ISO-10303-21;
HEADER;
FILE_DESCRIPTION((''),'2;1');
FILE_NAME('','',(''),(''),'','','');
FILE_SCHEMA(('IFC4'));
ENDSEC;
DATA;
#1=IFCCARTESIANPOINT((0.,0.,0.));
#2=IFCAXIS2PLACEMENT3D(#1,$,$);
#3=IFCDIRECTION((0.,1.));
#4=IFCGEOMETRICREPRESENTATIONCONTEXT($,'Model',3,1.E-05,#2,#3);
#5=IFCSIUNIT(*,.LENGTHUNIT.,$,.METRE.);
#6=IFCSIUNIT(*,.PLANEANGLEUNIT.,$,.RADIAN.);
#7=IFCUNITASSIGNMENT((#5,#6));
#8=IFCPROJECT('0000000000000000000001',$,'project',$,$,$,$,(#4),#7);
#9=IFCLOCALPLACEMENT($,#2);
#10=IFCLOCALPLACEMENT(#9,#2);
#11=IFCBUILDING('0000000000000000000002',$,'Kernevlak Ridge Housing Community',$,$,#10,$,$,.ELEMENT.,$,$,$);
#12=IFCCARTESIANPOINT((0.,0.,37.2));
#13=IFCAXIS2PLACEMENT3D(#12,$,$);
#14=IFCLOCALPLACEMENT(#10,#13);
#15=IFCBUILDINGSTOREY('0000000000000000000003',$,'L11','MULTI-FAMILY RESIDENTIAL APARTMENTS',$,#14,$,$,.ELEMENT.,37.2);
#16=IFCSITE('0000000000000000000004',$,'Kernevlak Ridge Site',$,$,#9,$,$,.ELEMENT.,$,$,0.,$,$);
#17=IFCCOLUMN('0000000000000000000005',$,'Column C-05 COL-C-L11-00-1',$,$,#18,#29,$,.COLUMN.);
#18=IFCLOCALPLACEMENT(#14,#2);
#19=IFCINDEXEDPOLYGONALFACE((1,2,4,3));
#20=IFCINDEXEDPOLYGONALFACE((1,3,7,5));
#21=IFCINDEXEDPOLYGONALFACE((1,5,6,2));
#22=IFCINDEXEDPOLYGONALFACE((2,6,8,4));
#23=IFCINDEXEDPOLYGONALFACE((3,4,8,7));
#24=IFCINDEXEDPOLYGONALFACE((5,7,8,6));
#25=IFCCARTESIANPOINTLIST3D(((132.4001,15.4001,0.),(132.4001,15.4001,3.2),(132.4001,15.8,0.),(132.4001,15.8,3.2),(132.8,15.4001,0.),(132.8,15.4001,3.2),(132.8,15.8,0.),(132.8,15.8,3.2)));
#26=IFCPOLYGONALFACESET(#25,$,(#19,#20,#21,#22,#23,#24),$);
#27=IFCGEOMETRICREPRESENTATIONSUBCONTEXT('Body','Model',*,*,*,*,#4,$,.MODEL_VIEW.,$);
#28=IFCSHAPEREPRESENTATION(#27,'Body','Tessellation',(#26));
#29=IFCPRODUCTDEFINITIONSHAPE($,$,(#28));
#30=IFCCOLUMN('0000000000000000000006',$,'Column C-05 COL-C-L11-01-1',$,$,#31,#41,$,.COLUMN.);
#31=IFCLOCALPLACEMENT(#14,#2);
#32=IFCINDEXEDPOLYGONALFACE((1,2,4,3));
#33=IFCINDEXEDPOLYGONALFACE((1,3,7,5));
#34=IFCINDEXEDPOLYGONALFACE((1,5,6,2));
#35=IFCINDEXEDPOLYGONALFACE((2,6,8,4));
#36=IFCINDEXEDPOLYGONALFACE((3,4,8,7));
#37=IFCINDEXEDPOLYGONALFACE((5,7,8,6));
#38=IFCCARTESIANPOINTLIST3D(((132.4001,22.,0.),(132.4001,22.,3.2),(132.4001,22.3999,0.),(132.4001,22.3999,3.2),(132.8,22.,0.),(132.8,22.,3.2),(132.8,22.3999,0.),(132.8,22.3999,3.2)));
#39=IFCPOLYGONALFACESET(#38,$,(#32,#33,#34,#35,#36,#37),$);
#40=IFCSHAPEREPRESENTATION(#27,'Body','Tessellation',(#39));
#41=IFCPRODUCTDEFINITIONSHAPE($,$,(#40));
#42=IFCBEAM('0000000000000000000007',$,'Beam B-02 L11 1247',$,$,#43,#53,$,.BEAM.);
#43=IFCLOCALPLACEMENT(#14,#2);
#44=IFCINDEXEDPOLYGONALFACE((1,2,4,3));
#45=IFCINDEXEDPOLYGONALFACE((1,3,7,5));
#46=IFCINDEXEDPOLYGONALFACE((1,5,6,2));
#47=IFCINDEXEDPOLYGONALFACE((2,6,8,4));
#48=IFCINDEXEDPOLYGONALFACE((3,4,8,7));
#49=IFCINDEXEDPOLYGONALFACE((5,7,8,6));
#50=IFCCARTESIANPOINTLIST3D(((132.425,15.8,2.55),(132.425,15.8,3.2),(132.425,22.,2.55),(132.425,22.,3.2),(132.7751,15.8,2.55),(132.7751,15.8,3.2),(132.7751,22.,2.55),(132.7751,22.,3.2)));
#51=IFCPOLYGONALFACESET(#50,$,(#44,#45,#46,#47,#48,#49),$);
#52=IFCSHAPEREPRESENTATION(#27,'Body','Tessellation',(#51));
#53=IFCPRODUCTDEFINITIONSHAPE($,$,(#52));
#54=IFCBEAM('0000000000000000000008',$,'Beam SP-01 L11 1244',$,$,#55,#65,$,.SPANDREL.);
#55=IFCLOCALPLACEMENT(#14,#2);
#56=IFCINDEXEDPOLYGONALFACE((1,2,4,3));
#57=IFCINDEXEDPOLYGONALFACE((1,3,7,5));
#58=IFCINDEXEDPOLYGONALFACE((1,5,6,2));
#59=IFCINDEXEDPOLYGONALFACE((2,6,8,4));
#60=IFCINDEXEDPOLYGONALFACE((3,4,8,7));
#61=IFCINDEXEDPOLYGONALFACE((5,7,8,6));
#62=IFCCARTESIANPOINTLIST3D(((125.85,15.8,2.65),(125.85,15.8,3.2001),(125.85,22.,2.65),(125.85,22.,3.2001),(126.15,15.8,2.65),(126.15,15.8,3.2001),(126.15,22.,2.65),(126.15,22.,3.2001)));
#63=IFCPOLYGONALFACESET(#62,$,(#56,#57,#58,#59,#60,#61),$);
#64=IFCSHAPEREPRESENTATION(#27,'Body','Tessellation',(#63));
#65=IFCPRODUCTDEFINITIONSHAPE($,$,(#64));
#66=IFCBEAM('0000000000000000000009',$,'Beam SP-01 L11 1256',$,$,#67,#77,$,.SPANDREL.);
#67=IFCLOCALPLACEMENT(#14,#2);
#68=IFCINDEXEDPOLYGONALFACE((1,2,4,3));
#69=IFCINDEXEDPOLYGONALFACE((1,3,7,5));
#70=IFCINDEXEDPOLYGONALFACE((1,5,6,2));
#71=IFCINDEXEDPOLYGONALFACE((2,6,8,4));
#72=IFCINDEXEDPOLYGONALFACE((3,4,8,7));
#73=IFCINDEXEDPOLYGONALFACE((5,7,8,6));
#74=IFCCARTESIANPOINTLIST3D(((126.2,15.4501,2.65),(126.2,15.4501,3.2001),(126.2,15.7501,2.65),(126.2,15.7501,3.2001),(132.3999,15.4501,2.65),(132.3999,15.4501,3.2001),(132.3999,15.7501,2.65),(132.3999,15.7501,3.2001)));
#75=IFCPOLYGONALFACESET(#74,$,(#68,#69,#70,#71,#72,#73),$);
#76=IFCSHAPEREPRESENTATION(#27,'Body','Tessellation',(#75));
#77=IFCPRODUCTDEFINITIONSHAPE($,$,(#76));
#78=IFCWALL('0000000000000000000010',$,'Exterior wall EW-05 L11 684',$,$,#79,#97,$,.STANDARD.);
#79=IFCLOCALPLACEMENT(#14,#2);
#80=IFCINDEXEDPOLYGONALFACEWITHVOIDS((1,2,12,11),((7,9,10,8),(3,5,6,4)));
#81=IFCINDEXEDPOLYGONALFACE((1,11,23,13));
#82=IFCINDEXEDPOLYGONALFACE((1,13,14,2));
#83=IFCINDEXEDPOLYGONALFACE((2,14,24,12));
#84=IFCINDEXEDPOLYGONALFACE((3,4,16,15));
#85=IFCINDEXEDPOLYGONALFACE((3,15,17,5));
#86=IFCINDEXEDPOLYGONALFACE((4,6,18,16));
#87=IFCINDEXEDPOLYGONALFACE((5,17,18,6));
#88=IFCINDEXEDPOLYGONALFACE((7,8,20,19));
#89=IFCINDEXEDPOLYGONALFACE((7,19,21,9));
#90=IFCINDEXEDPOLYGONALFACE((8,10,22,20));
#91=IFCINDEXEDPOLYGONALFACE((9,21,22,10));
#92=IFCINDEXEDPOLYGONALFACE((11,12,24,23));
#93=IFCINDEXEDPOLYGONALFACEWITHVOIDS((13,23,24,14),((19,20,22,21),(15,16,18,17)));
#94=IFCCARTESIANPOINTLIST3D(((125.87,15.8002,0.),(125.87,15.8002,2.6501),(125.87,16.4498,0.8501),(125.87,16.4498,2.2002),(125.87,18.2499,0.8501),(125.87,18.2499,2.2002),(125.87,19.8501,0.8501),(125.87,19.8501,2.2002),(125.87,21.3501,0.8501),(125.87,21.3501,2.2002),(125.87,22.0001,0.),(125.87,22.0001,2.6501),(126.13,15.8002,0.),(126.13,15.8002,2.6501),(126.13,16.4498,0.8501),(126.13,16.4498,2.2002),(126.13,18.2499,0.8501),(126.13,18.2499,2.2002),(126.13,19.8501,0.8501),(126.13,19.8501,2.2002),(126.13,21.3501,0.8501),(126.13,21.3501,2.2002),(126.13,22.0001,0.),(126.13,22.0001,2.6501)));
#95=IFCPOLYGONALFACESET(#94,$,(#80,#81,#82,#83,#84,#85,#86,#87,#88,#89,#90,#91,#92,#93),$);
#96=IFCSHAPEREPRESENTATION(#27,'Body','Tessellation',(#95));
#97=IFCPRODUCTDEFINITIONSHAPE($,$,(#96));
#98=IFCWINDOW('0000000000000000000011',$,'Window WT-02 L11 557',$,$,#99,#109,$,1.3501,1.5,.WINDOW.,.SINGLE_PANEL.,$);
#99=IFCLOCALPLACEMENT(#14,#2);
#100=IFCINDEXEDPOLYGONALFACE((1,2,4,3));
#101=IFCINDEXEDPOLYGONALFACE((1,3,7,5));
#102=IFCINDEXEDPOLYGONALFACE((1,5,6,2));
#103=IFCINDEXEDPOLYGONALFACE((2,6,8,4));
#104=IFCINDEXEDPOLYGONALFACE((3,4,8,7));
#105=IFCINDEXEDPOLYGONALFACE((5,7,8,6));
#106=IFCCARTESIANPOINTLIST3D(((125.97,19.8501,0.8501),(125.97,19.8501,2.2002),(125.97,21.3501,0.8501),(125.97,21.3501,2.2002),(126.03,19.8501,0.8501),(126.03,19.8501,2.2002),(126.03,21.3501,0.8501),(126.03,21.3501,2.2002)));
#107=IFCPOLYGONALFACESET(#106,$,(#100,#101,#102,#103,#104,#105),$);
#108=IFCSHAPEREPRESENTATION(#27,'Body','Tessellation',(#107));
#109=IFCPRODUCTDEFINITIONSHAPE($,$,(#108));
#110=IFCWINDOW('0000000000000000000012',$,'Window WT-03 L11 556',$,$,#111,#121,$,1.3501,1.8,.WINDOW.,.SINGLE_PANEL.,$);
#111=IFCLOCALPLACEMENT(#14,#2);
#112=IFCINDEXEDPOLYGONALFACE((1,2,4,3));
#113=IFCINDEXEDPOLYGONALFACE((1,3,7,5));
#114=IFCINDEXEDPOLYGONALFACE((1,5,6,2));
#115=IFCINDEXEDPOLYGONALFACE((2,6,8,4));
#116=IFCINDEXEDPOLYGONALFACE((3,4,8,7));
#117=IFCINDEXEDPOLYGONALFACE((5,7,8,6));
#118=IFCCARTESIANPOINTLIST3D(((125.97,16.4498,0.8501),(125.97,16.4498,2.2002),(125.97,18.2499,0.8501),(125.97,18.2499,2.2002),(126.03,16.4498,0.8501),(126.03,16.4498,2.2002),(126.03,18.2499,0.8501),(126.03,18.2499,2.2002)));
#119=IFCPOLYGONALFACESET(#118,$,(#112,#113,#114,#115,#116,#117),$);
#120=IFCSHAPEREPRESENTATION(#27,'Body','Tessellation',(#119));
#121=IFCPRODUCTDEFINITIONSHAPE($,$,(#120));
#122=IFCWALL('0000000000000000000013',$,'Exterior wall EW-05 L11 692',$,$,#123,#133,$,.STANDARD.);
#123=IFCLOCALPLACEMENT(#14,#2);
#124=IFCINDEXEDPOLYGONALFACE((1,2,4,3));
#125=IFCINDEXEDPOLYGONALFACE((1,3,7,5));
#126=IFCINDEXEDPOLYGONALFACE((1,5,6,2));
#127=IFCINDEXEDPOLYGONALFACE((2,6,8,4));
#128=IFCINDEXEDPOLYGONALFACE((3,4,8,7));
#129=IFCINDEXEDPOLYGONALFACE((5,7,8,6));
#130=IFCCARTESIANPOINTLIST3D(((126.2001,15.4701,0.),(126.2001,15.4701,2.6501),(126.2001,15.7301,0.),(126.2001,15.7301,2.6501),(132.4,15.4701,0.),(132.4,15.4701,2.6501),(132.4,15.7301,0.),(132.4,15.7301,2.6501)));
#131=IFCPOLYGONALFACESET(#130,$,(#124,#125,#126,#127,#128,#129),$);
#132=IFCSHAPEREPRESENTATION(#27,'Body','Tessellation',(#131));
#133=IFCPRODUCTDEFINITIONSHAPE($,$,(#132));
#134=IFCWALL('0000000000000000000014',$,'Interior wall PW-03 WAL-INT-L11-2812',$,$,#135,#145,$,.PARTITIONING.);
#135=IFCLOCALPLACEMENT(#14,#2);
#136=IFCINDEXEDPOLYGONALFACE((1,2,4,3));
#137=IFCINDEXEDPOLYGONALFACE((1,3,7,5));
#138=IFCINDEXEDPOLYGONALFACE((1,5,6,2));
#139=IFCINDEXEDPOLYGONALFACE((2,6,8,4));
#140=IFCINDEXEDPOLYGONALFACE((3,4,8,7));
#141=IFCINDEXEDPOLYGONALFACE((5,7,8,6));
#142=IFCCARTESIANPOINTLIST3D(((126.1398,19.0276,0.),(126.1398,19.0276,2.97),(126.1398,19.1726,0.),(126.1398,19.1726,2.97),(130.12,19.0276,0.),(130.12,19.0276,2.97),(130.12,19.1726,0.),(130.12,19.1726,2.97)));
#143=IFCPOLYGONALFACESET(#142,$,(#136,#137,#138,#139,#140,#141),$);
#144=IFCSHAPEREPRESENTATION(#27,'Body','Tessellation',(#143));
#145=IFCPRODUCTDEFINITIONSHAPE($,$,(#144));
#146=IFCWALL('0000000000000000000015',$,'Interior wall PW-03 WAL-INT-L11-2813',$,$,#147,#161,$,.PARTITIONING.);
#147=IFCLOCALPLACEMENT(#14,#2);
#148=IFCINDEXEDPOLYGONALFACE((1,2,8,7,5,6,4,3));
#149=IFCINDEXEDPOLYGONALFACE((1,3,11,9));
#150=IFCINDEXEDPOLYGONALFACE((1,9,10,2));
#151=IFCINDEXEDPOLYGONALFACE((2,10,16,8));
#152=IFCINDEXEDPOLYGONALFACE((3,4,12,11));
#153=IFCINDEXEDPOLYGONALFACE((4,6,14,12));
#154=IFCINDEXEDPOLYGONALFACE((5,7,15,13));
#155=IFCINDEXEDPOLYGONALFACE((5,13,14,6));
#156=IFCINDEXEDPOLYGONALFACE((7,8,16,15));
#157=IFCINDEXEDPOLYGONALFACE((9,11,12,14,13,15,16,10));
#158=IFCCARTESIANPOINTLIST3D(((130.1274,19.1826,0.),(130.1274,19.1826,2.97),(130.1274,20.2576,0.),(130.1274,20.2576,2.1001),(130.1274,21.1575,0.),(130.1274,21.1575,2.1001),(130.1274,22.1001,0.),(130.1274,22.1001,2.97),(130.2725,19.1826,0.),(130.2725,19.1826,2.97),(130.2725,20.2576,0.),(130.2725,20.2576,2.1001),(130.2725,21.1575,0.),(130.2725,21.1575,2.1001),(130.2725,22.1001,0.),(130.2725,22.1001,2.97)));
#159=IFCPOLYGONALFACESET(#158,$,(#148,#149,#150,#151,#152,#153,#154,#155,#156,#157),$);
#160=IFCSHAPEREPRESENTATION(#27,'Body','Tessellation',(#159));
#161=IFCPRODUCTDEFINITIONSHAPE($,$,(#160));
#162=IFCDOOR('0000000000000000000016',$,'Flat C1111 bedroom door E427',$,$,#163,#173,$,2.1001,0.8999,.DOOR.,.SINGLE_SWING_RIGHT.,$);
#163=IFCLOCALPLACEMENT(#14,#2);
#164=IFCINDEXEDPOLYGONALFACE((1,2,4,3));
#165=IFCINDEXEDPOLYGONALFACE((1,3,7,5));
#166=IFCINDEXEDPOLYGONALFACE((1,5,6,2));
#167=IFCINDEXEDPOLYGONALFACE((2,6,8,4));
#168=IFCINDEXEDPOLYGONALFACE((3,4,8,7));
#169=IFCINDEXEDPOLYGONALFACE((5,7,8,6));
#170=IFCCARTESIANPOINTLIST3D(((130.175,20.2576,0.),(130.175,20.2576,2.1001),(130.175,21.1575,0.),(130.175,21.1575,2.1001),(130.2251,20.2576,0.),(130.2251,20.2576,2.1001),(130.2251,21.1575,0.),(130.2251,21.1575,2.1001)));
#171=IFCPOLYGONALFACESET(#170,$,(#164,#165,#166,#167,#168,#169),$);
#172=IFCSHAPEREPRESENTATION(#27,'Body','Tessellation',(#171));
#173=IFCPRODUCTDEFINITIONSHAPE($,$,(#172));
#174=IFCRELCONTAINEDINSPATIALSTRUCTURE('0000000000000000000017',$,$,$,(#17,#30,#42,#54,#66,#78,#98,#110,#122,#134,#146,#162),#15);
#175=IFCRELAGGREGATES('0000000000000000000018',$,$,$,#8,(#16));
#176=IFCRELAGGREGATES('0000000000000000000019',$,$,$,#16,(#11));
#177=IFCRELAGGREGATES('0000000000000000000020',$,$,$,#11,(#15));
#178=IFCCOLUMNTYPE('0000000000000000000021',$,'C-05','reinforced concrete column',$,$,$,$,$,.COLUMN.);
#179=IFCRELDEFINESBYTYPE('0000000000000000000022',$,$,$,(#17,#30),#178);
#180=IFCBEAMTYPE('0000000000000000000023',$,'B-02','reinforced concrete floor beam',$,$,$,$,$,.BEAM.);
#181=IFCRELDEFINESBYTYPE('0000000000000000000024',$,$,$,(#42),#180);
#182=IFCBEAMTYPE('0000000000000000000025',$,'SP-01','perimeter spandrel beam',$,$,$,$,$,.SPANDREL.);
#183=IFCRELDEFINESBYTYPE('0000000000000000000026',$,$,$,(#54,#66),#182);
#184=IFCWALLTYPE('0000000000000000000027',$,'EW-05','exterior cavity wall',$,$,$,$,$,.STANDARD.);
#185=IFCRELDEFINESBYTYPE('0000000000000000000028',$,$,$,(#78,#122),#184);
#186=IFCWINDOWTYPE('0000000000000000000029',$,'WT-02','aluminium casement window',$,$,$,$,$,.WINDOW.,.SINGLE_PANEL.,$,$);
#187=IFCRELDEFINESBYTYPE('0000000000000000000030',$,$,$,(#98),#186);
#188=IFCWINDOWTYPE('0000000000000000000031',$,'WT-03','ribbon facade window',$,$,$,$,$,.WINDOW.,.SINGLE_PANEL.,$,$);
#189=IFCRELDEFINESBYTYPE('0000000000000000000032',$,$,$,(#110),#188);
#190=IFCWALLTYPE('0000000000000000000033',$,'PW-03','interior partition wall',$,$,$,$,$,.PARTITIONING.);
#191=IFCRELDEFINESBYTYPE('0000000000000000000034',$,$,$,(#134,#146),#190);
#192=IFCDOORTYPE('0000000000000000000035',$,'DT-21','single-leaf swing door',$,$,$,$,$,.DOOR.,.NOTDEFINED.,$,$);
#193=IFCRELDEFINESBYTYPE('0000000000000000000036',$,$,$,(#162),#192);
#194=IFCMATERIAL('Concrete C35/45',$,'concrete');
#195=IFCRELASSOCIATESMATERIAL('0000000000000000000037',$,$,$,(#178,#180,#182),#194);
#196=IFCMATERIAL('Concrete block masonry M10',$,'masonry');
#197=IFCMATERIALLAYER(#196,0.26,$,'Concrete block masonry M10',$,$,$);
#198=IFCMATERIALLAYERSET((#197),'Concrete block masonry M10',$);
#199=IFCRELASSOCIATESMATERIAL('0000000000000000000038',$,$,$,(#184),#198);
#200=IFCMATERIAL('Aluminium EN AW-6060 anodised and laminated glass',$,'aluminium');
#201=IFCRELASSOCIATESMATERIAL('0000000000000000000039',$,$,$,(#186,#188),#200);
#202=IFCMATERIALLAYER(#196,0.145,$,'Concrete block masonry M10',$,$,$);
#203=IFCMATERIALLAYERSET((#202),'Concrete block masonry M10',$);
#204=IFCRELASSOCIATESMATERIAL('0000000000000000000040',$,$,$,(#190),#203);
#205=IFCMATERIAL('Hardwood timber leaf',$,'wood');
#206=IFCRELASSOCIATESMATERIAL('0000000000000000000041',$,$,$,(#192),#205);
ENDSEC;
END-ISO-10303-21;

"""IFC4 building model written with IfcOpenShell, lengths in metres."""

from ifc_helpers import new_model, si_unit, direction, frame, frame_2d, origin, origin_2d, place, context, subcontext, project, spatial, rectangle, extrude, material, layer, layer_set, material_profile, profile_set, type_object, element, fill, save


model = new_model("IFC4")

# Units and contexts
model_context = context("Model", 3, precision=1e-05, world=origin(), true_north=direction((0.0, 1.0)))
body_context = subcontext(model_context, "Body", "Model", "MODEL_VIEW")
ifc_project = project(units=[si_unit("LENGTHUNIT", "METRE"), si_unit("PLANEANGLEUNIT", "RADIAN")], contexts=[model_context])

# Site, building, storey
site_placement = place(None, origin())
site = spatial("IfcSite", under=ifc_project, at=site_placement, Name="Kernevlak Ridge Site", CompositionType="ELEMENT", RefElevation=0.0)
building_placement = place(site_placement, origin())
building = spatial("IfcBuilding", under=site, at=building_placement, Name="Kernevlak Ridge Housing Community", CompositionType="ELEMENT")
storey_placement = place(building_placement, frame((0.0, 0.0, 37.2)))
storey = spatial("IfcBuildingStorey", under=building, at=storey_placement, Name="L11", Description="MULTI-FAMILY RESIDENTIAL APARTMENTS", CompositionType="ELEMENT", Elevation=37.2)

# Columns
ifc_material_1 = material(Name="Concrete C35/45", Category="concrete")
ifc_material_profile_1 = material_profile(ifc_material_1, rectangle(XDim=0.3999, YDim=0.3999, at=origin_2d()), Name="RC 400x400")
ifc_profile_set_1 = profile_set([ifc_material_profile_1], Name="Concrete C35/45")
column_type = type_object("IfcColumnType", Name="C-05", Description="reinforced concrete column", PredefinedType="COLUMN", material=ifc_profile_set_1)
for number, where, z_axis, x_axis, name in (
    (1, (132.6001, 15.6001, 0.0), (0.0, 0.0, 1.0), (1.0, 0.0, 0.0), "Column C-05 COL-C-L11-00-1"),
    (2, (132.6001, 22.2, 0.0), (0.0, 0.0, 1.0), (1.0, 0.0, 0.0), "Column C-05 COL-C-L11-01-1"),
):
    element("IfcColumn", number, at=place(storey_placement, frame(where, z_axis=z_axis, x_axis=x_axis)), inside=storey, type_object=column_type, Name=name, PredefinedType="COLUMN", context=body_context, shape_type="SweptSolid", body=[
        extrude(rectangle(XDim=0.3999, YDim=0.3999, at=origin_2d()), origin(), (0.0, 0.0, 1.0), 3.2),
    ])

# Beams
ifc_material_profile_2 = material_profile(ifc_material_1, rectangle(XDim=0.3501, YDim=0.6499, at=origin_2d()), Name="RC 350x650")
ifc_profile_set_2 = profile_set([ifc_material_profile_2], Name="Concrete C35/45")
beam_type_1 = type_object("IfcBeamType", Name="B-02", Description="reinforced concrete floor beam", PredefinedType="BEAM", material=ifc_profile_set_2)
beam_placement = place(storey_placement, frame((132.6001, 15.8, 2.875), z_axis=(0.0, 1.0, 0.0), x_axis=(-1.0, 0.0, 0.0)))
element("IfcBeam", 3, at=beam_placement, inside=storey, type_object=beam_type_1, Name="Beam B-02 L11 1247", PredefinedType="BEAM", context=body_context, shape_type="SweptSolid", body=[
    extrude(rectangle(XDim=0.3501, YDim=0.6499, at=origin_2d()), origin(), (0.0, 0.0, 1.0), 6.2),
])
ifc_material_profile_3 = material_profile(ifc_material_1, rectangle(XDim=0.3, YDim=0.55, at=origin_2d()), Name="RC 300x550")
ifc_profile_set_3 = profile_set([ifc_material_profile_3], Name="Concrete C35/45")
beam_type_2 = type_object("IfcBeamType", Name="SP-01", Description="perimeter spandrel beam", PredefinedType="SPANDREL", material=ifc_profile_set_3)
for number, where, z_axis, x_axis, name in (
    (4, (126.0, 15.8, 2.925), (0.0, 1.0, 0.0), (-1.0, 0.0, 0.0), "Beam SP-01 L11 1244"),
    (5, (126.2, 15.6001, 2.925), (1.0, 0.0, 0.0), (0.0, 1.0, 0.0), "Beam SP-01 L11 1256"),
):
    element("IfcBeam", number, at=place(storey_placement, frame(where, z_axis=z_axis, x_axis=x_axis)), inside=storey, type_object=beam_type_2, Name=name, PredefinedType="SPANDREL", context=body_context, shape_type="SweptSolid", body=[
        extrude(rectangle(XDim=0.3, YDim=0.55, at=origin_2d()), origin(), (0.0, 0.0, 1.0), 6.2),
    ])

# Wall, openings, windows
ifc_material_2 = material(Name="Concrete block masonry M10", Category="masonry")
ifc_layer_1 = layer(ifc_material_2, 0.26, Name="Concrete block masonry M10")
ifc_layer_set_1 = layer_set([ifc_layer_1], Name="Concrete block masonry M10")
wall_type_1 = type_object("IfcWallType", Name="EW-05", Description="exterior cavity wall", PredefinedType="STANDARD", material=ifc_layer_set_1)
wall_1_placement = place(storey_placement, frame((126.0, 15.8, 0.0), z_axis=(0.0, 0.0, 1.0), x_axis=(0.0, 1.0, 0.0)))
wall_1 = element("IfcWall", 6, at=wall_1_placement, inside=storey, type_object=wall_type_1, Name="Exterior wall EW-05 L11 684", PredefinedType="STANDARD", context=body_context, shape_type="SweptSolid", body=[
    extrude(rectangle(XDim=6.2, YDim=0.26, at=frame_2d((3.1001, 0.0))), origin(), (0.0, 0.0, 1.0), 2.6501),
])
opening_1_placement = place(wall_1_placement, frame((0.6499, 0.0, 0.8501)))
opening_1 = element("IfcOpeningElement", 7, at=opening_1_placement, cuts=wall_1, PredefinedType="OPENING", context=body_context, shape_type="SweptSolid", body=[
    extrude(rectangle(XDim=1.8, YDim=1.3501, at=frame_2d((0.8999, 0.675))), frame((0.0, 0.1399, 0.0), z_axis=(0.0, -1.0, 0.0), x_axis=(1.0, 0.0, 0.0)), (0.0, 0.0, 1.0), 0.28),
])
opening_2_placement = place(wall_1_placement, frame((4.05, 0.0, 0.8501)))
opening_2 = element("IfcOpeningElement", 8, at=opening_2_placement, cuts=wall_1, PredefinedType="OPENING", context=body_context, shape_type="SweptSolid", body=[
    extrude(rectangle(XDim=1.5, YDim=1.3501, at=frame_2d((0.75, 0.675))), frame((0.0, 0.1399, 0.0), z_axis=(0.0, -1.0, 0.0), x_axis=(1.0, 0.0, 0.0)), (0.0, 0.0, 1.0), 0.28),
])
ifc_material_3 = material(Name="Aluminium EN AW-6060 anodised and laminated glass", Category="aluminium")
window_type_1 = type_object("IfcWindowType", Name="WT-02", Description="aluminium casement window", PartitioningType="SINGLE_PANEL", PredefinedType="WINDOW", material=ifc_material_3)
window_1_placement = place(opening_2_placement, origin())
window_1 = element("IfcWindow", 9, at=window_1_placement, inside=storey, type_object=window_type_1, Name="Window WT-02 L11 557", OverallHeight=1.3501, OverallWidth=1.5, PartitioningType="SINGLE_PANEL", PredefinedType="WINDOW", context=body_context, shape_type="SweptSolid", body=[
    extrude(rectangle(XDim=1.5, YDim=1.3501, at=frame_2d((0.75, 0.675))), frame((0.0, 0.03, 0.0), z_axis=(0.0, -1.0, 0.0), x_axis=(1.0, 0.0, 0.0)), (0.0, 0.0, 1.0), 0.0601),
])
fill(opening_2, window_1)
window_type_2 = type_object("IfcWindowType", Name="WT-03", Description="ribbon facade window", PartitioningType="SINGLE_PANEL", PredefinedType="WINDOW", material=ifc_material_3)
window_2_placement = place(opening_1_placement, origin())
window_2 = element("IfcWindow", 10, at=window_2_placement, inside=storey, type_object=window_type_2, Name="Window WT-03 L11 556", OverallHeight=1.3501, OverallWidth=1.8, PartitioningType="SINGLE_PANEL", PredefinedType="WINDOW", context=body_context, shape_type="SweptSolid", body=[
    extrude(rectangle(XDim=1.8, YDim=1.3501, at=frame_2d((0.8999, 0.675))), frame((0.0, 0.03, 0.0), z_axis=(0.0, -1.0, 0.0), x_axis=(1.0, 0.0, 0.0)), (0.0, 0.0, 1.0), 0.0601),
])
fill(opening_1, window_2)

# Walls
wall_2_placement = place(storey_placement, frame((126.2, 15.6001, 0.0), z_axis=(0.0, 0.0, 1.0), x_axis=(1.0, 0.0, 0.0)))
element("IfcWall", 11, at=wall_2_placement, inside=storey, type_object=wall_type_1, Name="Exterior wall EW-05 L11 692", PredefinedType="STANDARD", context=body_context, shape_type="SweptSolid", body=[
    extrude(rectangle(XDim=6.2, YDim=0.26, at=frame_2d((3.1001, 0.0))), origin(), (0.0, 0.0, 1.0), 2.6501),
])
ifc_layer_2 = layer(ifc_material_2, 0.145, Name="Concrete block masonry M10")
ifc_layer_set_2 = layer_set([ifc_layer_2], Name="Concrete block masonry M10")
wall_type_2 = type_object("IfcWallType", Name="PW-03", Description="interior partition wall", PredefinedType="PARTITIONING", material=ifc_layer_set_2)
wall_3_placement = place(storey_placement, frame((130.1201, 19.1001, 0.0), z_axis=(0.0, 0.0, 1.0), x_axis=(-1.0, 0.0, 0.0)))
element("IfcWall", 12, at=wall_3_placement, inside=storey, type_object=wall_type_2, Name="Interior wall PW-03 WAL-INT-L11-2812", PredefinedType="PARTITIONING", context=body_context, shape_type="SweptSolid", body=[
    extrude(rectangle(XDim=3.9802, YDim=0.145, at=frame_2d((1.9902, 0.0))), origin(), (0.0, 0.0, 1.0), 2.97),
])

# Wall, opening, door
wall_4_placement = place(storey_placement, frame((130.2, 19.1826, 0.0), z_axis=(0.0, 0.0, 1.0), x_axis=(0.0, 1.0, 0.0)))
wall_4 = element("IfcWall", 13, at=wall_4_placement, inside=storey, type_object=wall_type_2, Name="Interior wall PW-03 WAL-INT-L11-2813", PredefinedType="PARTITIONING", context=body_context, shape_type="SweptSolid", body=[
    extrude(rectangle(XDim=2.9175, YDim=0.145, at=frame_2d((1.4587, 0.0))), origin(), (0.0, 0.0, 1.0), 2.97),
])
opening_3_placement = place(wall_4_placement, frame((1.075, 0.0, 0.0)))
opening_3 = element("IfcOpeningElement", 14, at=opening_3_placement, cuts=wall_4, PredefinedType="OPENING", context=body_context, shape_type="SweptSolid", body=[
    extrude(rectangle(XDim=0.8999, YDim=2.1001, at=frame_2d((0.45, 1.05))), frame((0.0, 0.0825, 0.0), z_axis=(0.0, -1.0, 0.0), x_axis=(1.0, 0.0, 0.0)), (0.0, 0.0, 1.0), 0.165),
])
ifc_material_4 = material(Name="Hardwood timber leaf", Category="wood")
door_type_1 = type_object("IfcDoorType", Name="DT-21", Description="single-leaf swing door", OperationType="NOTDEFINED", PredefinedType="DOOR", material=ifc_material_4)
door_1_placement = place(opening_3_placement, origin())
door_1 = element("IfcDoor", 15, at=door_1_placement, inside=storey, type_object=door_type_1, Name="Flat C1111 bedroom door E427", OperationType="SINGLE_SWING_RIGHT", OverallHeight=2.1001, OverallWidth=0.8999, PredefinedType="DOOR", context=body_context, shape_type="SweptSolid", body=[
    extrude(rectangle(XDim=0.8999, YDim=2.1001, at=frame_2d((0.45, 1.05))), frame((0.0, 0.0249, 0.0), z_axis=(0.0, -1.0, 0.0), x_axis=(1.0, 0.0, 0.0)), (0.0, 0.0, 1.0), 0.05),
])
fill(opening_3, door_1)

save(model, "model.ifc")
